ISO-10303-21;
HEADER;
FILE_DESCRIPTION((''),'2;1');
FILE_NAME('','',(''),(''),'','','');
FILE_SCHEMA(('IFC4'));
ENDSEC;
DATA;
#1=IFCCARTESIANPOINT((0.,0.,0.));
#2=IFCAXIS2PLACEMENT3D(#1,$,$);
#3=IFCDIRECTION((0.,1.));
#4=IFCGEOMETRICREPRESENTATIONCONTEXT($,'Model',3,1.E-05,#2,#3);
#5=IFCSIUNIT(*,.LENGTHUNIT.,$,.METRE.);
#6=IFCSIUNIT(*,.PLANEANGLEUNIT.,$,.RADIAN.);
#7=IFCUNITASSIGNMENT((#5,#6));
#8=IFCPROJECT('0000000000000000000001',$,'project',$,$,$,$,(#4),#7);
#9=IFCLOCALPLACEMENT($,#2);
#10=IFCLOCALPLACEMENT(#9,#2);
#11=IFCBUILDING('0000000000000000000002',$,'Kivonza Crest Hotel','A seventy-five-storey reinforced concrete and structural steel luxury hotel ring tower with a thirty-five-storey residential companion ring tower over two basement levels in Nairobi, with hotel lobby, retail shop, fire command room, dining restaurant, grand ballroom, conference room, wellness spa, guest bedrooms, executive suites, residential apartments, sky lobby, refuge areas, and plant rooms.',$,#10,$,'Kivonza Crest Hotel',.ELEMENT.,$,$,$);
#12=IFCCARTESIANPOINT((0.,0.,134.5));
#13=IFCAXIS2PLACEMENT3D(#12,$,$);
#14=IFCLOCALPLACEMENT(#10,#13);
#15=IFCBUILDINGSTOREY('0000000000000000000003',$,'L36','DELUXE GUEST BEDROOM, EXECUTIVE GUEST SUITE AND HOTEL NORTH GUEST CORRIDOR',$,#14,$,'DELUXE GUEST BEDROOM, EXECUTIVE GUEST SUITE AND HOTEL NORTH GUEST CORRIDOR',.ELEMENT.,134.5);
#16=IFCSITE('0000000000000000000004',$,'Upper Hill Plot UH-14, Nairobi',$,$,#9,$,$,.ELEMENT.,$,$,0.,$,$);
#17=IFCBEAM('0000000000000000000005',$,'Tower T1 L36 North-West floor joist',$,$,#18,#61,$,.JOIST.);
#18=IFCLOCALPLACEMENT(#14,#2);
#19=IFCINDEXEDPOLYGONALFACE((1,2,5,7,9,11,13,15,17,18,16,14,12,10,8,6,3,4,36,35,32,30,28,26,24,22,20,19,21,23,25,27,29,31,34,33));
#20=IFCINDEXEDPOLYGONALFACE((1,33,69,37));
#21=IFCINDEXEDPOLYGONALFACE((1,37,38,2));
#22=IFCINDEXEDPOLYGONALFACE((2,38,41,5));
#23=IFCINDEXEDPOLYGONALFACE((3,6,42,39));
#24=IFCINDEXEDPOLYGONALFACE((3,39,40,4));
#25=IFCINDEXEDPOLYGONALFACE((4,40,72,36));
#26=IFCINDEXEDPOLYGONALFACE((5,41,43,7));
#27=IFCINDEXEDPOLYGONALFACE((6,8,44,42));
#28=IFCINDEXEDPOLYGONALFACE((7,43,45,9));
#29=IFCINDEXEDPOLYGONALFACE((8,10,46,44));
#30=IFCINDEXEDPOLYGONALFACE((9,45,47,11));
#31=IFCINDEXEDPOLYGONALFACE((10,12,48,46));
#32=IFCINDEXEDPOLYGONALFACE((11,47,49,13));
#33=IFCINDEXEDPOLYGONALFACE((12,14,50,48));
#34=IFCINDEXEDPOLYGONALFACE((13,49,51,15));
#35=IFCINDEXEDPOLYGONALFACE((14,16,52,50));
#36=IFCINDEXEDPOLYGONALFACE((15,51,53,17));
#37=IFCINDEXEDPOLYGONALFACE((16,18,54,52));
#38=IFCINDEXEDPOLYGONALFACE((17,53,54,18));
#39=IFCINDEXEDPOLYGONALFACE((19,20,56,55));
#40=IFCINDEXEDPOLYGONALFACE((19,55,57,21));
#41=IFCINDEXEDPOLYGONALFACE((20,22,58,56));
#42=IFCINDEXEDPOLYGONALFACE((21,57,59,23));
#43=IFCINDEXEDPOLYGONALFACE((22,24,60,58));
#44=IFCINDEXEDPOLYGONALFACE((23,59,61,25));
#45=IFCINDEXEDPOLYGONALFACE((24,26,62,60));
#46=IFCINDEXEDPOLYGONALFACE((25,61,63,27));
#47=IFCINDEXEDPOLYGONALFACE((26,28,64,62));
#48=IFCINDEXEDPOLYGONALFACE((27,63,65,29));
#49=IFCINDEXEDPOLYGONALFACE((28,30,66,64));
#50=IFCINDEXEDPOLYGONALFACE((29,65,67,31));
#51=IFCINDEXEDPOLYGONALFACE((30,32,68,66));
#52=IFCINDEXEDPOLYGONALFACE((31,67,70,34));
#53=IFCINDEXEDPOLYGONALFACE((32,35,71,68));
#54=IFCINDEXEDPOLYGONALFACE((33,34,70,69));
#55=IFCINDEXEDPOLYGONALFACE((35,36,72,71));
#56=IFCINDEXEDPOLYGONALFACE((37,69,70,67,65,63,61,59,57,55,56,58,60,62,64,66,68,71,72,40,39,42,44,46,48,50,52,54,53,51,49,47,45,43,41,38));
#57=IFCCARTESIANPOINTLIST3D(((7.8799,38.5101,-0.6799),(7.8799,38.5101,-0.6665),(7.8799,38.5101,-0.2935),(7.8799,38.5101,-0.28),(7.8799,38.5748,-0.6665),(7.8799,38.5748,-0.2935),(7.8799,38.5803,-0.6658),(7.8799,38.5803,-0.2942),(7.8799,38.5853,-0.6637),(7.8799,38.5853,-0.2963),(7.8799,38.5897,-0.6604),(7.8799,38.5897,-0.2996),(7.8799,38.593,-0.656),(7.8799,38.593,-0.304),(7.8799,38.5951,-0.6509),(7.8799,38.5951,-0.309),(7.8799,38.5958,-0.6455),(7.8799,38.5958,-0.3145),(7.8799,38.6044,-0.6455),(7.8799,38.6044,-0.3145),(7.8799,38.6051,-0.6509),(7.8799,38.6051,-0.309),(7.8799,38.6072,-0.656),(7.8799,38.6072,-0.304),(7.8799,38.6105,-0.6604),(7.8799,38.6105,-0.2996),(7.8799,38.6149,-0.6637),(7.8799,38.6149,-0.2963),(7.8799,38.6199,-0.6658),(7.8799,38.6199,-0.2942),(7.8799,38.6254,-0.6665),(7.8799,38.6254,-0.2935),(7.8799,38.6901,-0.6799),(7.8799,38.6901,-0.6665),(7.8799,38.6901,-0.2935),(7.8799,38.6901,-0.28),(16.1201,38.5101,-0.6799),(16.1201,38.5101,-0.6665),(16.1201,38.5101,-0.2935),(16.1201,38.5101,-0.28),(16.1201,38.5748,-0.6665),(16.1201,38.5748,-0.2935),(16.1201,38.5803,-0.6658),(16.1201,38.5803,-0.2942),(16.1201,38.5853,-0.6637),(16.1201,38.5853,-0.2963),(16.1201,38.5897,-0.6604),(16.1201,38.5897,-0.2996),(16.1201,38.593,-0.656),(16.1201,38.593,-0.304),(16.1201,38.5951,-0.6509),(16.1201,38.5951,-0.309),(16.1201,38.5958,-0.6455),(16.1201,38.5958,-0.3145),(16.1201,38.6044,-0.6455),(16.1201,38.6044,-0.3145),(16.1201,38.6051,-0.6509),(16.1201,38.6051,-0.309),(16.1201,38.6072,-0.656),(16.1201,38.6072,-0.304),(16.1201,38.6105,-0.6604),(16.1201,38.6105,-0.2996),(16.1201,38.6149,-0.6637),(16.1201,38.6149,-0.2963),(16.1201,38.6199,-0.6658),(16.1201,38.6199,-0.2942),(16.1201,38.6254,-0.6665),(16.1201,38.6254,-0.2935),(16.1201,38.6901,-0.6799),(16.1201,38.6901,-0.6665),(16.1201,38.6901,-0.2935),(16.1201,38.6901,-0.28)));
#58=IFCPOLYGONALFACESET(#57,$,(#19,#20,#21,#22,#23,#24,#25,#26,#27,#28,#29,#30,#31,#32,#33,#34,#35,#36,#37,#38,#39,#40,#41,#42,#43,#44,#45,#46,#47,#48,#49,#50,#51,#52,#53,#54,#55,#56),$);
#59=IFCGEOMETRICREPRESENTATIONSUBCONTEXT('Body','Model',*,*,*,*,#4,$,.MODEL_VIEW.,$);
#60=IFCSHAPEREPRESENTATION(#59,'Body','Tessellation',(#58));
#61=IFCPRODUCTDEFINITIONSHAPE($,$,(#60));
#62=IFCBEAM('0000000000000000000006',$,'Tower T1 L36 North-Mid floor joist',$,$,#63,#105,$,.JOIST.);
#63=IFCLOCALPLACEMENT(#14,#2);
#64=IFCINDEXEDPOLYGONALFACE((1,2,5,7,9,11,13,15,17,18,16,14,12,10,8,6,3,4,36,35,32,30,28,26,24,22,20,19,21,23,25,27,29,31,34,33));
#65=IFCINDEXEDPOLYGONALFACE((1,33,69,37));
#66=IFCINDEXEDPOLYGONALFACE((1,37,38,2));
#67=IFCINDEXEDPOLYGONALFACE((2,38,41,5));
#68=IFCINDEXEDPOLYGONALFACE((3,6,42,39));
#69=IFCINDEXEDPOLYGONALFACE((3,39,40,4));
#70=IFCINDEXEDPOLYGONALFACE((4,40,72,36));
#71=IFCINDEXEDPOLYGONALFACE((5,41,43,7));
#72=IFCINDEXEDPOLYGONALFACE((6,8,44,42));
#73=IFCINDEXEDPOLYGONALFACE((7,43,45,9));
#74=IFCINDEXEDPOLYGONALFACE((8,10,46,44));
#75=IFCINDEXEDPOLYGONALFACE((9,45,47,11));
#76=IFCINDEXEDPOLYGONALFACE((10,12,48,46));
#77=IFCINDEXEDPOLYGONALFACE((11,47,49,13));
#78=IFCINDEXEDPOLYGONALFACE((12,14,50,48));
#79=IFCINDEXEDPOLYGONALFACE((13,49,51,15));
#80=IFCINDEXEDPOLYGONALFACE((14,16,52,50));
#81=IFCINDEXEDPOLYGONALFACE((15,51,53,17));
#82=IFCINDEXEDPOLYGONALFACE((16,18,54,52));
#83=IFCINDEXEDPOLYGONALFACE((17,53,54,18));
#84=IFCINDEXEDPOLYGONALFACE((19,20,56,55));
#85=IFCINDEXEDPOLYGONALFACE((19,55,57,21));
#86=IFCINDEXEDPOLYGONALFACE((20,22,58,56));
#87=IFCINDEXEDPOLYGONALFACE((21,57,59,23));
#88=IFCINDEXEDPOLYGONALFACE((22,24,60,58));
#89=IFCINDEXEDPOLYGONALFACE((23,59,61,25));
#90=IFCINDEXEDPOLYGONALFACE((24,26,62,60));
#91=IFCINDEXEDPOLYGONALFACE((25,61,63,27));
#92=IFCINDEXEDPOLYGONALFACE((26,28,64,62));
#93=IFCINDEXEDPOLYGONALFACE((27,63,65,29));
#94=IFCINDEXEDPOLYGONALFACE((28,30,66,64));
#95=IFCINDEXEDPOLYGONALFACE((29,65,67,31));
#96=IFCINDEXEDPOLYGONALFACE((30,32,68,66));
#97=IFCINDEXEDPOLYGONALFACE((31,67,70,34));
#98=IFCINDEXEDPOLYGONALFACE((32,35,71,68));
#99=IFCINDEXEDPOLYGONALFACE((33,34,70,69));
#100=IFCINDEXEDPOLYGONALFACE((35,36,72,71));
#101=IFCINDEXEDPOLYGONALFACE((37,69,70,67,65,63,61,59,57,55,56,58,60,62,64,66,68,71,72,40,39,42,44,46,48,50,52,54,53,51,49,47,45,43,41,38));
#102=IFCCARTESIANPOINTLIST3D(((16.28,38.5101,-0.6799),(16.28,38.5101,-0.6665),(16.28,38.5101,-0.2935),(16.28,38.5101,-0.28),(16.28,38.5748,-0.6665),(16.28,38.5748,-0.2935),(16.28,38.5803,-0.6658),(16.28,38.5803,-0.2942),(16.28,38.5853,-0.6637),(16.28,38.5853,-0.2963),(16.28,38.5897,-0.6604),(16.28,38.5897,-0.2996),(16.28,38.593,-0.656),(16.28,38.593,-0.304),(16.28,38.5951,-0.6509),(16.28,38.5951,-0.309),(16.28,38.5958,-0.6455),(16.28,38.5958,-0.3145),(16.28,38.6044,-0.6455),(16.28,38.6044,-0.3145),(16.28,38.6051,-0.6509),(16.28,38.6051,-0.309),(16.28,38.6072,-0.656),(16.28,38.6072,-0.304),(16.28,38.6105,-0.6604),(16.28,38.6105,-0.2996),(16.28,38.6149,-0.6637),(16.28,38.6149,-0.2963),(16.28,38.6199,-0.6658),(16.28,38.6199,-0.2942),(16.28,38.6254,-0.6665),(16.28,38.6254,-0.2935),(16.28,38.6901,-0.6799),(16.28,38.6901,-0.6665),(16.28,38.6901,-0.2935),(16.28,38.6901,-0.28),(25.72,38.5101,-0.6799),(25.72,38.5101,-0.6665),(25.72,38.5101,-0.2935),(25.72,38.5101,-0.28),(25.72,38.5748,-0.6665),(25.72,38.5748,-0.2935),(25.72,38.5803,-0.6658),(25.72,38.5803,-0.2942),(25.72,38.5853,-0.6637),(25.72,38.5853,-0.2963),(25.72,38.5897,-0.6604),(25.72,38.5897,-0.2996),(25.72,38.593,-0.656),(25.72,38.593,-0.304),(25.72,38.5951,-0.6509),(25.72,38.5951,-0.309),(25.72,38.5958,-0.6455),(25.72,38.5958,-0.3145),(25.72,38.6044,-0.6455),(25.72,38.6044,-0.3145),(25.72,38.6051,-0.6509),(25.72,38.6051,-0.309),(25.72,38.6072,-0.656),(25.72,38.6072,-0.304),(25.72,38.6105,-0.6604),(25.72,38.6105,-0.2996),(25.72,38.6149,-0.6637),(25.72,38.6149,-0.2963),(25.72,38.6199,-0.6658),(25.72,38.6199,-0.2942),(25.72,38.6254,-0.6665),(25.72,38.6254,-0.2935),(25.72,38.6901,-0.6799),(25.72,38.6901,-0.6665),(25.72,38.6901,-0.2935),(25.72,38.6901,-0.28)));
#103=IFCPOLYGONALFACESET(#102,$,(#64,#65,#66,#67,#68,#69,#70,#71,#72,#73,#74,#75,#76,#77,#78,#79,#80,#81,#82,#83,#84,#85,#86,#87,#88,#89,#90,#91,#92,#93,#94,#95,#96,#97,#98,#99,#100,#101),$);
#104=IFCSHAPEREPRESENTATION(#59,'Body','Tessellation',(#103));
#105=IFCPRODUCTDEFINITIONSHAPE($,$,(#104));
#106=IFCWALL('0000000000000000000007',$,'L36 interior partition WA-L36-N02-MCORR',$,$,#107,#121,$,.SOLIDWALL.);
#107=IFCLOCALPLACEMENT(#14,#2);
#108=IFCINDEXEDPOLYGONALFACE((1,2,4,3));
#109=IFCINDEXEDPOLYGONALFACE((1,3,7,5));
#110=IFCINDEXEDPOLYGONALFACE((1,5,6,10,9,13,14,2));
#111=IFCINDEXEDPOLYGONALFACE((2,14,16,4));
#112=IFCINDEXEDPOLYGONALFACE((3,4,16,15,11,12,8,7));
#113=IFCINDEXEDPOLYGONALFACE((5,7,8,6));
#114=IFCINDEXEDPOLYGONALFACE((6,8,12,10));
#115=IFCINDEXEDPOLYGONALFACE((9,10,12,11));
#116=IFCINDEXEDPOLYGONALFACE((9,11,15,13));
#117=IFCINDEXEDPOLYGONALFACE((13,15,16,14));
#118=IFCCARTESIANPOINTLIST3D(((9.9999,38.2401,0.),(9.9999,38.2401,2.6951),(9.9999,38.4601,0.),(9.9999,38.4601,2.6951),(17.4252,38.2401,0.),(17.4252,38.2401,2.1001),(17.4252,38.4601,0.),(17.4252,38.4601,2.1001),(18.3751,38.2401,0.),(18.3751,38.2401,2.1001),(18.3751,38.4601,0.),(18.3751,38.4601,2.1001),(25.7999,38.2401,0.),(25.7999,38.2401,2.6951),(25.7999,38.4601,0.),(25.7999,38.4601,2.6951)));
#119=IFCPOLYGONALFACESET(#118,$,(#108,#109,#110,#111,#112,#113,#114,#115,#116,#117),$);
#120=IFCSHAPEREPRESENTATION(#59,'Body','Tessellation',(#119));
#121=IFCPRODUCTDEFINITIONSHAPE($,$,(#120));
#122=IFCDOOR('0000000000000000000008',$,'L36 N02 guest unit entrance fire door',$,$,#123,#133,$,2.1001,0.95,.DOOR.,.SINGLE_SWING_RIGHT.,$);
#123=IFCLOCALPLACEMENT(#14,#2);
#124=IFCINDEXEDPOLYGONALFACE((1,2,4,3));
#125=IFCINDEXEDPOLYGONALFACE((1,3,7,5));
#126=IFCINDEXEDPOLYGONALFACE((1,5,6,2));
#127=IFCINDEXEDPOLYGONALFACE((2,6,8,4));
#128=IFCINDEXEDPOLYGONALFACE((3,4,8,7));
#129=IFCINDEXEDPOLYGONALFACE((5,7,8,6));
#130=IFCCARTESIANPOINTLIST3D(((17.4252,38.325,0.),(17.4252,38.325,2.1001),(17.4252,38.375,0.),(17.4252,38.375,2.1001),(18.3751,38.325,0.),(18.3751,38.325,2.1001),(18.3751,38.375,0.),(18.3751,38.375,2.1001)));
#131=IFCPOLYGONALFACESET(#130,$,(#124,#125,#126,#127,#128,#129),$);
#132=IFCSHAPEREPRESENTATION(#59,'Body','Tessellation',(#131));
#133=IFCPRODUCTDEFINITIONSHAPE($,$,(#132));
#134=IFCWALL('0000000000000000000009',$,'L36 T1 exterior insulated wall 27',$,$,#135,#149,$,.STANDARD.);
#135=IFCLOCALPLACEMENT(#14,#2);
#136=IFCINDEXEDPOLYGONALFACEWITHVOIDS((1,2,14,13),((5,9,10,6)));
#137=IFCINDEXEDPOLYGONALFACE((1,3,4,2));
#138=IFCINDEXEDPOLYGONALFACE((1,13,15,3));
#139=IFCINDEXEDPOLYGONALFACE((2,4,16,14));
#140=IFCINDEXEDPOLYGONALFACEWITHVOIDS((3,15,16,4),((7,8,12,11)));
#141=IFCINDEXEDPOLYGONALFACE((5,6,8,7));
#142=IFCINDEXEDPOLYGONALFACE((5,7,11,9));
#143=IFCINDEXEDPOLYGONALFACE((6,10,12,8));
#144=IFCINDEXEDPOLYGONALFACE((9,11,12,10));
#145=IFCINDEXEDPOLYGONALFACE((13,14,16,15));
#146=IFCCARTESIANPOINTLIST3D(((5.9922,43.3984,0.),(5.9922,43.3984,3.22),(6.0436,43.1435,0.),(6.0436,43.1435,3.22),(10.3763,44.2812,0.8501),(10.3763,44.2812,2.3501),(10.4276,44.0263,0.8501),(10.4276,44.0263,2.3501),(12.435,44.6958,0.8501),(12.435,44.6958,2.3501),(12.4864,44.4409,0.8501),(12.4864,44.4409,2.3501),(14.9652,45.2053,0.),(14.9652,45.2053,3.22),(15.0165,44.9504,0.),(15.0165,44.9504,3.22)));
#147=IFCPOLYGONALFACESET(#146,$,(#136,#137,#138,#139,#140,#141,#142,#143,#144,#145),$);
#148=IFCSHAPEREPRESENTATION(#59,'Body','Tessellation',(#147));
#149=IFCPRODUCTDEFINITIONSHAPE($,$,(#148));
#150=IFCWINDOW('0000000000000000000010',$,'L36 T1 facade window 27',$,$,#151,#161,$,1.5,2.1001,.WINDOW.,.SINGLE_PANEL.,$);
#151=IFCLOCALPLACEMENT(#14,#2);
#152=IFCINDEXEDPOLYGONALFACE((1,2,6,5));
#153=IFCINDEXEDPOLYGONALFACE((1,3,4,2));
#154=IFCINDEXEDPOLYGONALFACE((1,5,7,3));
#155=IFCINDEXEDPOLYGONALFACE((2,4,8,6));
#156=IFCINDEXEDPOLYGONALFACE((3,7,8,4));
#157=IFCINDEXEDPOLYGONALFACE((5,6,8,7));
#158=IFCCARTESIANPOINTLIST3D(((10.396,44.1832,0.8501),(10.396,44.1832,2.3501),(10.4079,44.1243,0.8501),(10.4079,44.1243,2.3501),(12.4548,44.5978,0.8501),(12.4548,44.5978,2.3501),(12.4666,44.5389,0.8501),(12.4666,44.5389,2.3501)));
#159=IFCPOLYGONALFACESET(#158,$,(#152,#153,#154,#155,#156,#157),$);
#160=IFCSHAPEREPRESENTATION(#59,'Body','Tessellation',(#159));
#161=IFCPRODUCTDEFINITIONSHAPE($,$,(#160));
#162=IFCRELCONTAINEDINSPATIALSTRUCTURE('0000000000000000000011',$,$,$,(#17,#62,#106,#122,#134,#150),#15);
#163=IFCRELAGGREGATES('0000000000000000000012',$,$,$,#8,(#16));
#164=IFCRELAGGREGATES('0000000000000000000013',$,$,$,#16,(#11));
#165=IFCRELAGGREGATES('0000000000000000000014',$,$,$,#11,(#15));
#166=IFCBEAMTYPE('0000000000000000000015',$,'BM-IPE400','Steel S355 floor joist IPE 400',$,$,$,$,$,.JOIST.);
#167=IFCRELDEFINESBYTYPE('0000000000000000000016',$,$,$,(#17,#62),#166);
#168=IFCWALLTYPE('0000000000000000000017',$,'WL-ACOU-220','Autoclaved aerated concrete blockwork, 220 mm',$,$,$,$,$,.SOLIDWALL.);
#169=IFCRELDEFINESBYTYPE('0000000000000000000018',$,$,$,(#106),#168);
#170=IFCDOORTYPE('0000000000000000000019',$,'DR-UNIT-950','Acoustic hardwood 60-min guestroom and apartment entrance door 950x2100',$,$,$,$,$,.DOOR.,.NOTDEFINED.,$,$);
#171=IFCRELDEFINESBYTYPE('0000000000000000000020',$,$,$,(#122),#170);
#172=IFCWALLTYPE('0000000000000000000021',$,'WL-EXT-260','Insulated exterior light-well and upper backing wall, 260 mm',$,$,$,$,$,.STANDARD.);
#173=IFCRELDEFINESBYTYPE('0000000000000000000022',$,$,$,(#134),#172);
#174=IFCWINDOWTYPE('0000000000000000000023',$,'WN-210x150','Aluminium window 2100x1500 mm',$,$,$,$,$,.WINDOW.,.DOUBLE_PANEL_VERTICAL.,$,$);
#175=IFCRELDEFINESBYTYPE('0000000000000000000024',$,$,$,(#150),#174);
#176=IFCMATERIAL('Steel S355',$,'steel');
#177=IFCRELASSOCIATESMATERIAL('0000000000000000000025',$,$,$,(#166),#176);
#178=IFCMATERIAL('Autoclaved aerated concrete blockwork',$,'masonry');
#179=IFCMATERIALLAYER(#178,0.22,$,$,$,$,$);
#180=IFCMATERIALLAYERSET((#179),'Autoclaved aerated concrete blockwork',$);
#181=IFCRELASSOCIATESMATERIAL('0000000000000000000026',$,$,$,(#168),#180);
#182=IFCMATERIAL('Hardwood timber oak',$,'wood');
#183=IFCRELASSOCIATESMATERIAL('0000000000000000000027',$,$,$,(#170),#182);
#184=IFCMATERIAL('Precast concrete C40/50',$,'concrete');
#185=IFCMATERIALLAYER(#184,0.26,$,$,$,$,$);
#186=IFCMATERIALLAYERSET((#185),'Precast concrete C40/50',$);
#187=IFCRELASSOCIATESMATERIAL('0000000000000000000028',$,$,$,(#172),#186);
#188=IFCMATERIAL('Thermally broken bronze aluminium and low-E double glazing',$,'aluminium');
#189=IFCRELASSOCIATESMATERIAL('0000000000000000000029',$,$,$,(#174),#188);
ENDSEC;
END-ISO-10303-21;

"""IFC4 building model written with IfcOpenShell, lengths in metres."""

from ifc_helpers import new_model, si_unit, direction, frame, frame_2d, origin, origin_2d, place, context, subcontext, project, spatial, rectangle, i_section, extrude, material, layer, layer_set, material_profile, profile_set, type_object, element, fill, save


model = new_model("IFC4")

# Units and contexts
model_context = context("Model", 3, precision=1e-05, world=origin(), true_north=direction((0.0, 1.0)))
body_context = subcontext(model_context, "Body", "Model", "MODEL_VIEW")
ifc_project = project(units=[si_unit("LENGTHUNIT", "METRE"), si_unit("PLANEANGLEUNIT", "RADIAN")], contexts=[model_context])

# Site, building, storey
site_placement = place(None, origin())
site = spatial("IfcSite", under=ifc_project, at=site_placement, Name="Upper Hill Plot UH-14, Nairobi", CompositionType="ELEMENT", RefElevation=0.0)
building_placement = place(site_placement, origin())
building = spatial("IfcBuilding", under=site, at=building_placement, Name="Kivonza Crest Hotel", Description="A seventy-five-storey reinforced concrete and structural steel luxury hotel ring tower with a thirty-five-storey residential companion ring tower over two basement levels in Nairobi, with hotel lobby, retail shop, fire command room, dining restaurant, grand ballroom, conference room, wellness spa, guest bedrooms, executive suites, residential apartments, sky lobby, refuge areas, and plant rooms.", LongName="Kivonza Crest Hotel", CompositionType="ELEMENT")
storey_placement = place(building_placement, frame((0.0, 0.0, 134.5)))
storey = spatial("IfcBuildingStorey", under=building, at=storey_placement, Name="L36", Description="DELUXE GUEST BEDROOM, EXECUTIVE GUEST SUITE AND HOTEL NORTH GUEST CORRIDOR", LongName="DELUXE GUEST BEDROOM, EXECUTIVE GUEST SUITE AND HOTEL NORTH GUEST CORRIDOR", CompositionType="ELEMENT", Elevation=134.5)

# Beams
ifc_material_1 = material(Name="Steel S355", Category="steel")
ifc_material_profile_1 = material_profile(ifc_material_1, i_section(OverallWidth=0.1799, OverallDepth=0.3999, WebThickness=0.0085, FlangeThickness=0.0134, FilletRadius=0.021, at=origin_2d()), Name="IPE 400")
ifc_profile_set_1 = profile_set([ifc_material_profile_1], Name="Steel S355")
beam_type_1 = type_object("IfcBeamType", Name="BM-IPE400", Description="Steel S355 floor joist IPE 400", PredefinedType="JOIST", material=ifc_profile_set_1)
beam_1_placement = place(storey_placement, frame((7.8799, 38.6001, -0.48), z_axis=(1.0, 0.0, 0.0), x_axis=(0.0, 1.0, 0.0)))
element("IfcBeam", 1, at=beam_1_placement, inside=storey, type_object=beam_type_1, Name="Tower T1 L36 North-West floor joist", PredefinedType="JOIST", context=body_context, shape_type="SweptSolid", body=[
    extrude(i_section(OverallWidth=0.1799, OverallDepth=0.3999, WebThickness=0.0085, FlangeThickness=0.0134, FilletRadius=0.021, at=origin_2d()), origin(), (0.0, 0.0, 1.0), 8.2402),
])
beam_2_placement = place(storey_placement, frame((16.28, 38.6001, -0.48), z_axis=(1.0, 0.0, 0.0), x_axis=(0.0, 1.0, 0.0)))
element("IfcBeam", 2, at=beam_2_placement, inside=storey, type_object=beam_type_1, Name="Tower T1 L36 North-Mid floor joist", PredefinedType="JOIST", context=body_context, shape_type="SweptSolid", body=[
    extrude(i_section(OverallWidth=0.1799, OverallDepth=0.3999, WebThickness=0.0085, FlangeThickness=0.0134, FilletRadius=0.021, at=origin_2d()), origin(), (0.0, 0.0, 1.0), 9.4399),
])

# Wall, opening, door
ifc_material_2 = material(Name="Autoclaved aerated concrete blockwork", Category="masonry")
ifc_layer_1 = layer(ifc_material_2, 0.22)
ifc_layer_set_1 = layer_set([ifc_layer_1], Name="Autoclaved aerated concrete blockwork")
wall_type_1 = type_object("IfcWallType", Name="WL-ACOU-220", Description="Autoclaved aerated concrete blockwork, 220 mm", PredefinedType="SOLIDWALL", material=ifc_layer_set_1)
wall_1_placement = place(storey_placement, frame((10.0, 38.3501, 0.0), z_axis=(0.0, 0.0, 1.0), x_axis=(1.0, 0.0, 0.0)))
wall_1 = element("IfcWall", 3, at=wall_1_placement, inside=storey, type_object=wall_type_1, Name="L36 interior partition WA-L36-N02-MCORR", PredefinedType="SOLIDWALL", context=body_context, shape_type="SweptSolid", body=[
    extrude(rectangle(XDim=15.8, YDim=0.22, at=frame_2d((7.8999, 0.0))), origin(), (0.0, 0.0, 1.0), 2.6951),
])
opening_1_placement = place(wall_1_placement, frame((7.425, 0.0, 0.0)))
opening_1 = element("IfcOpeningElement", 4, at=opening_1_placement, cuts=wall_1, PredefinedType="OPENING", context=body_context, shape_type="SweptSolid", body=[
    extrude(rectangle(XDim=0.95, YDim=2.1001, at=frame_2d((0.4751, 1.05))), frame((0.0, 0.1201, 0.0), z_axis=(0.0, -1.0, 0.0), x_axis=(1.0, 0.0, 0.0)), (0.0, 0.0, 1.0), 0.24),
])
ifc_material_3 = material(Name="Hardwood timber oak", Category="wood")
door_type_1 = type_object("IfcDoorType", Name="DR-UNIT-950", Description="Acoustic hardwood 60-min guestroom and apartment entrance door 950x2100", OperationType="NOTDEFINED", PredefinedType="DOOR", material=ifc_material_3)
door_1_placement = place(opening_1_placement, origin())
door_1 = element("IfcDoor", 5, at=door_1_placement, inside=storey, type_object=door_type_1, Name="L36 N02 guest unit entrance fire door", OperationType="SINGLE_SWING_RIGHT", OverallHeight=2.1001, OverallWidth=0.95, PredefinedType="DOOR", context=body_context, shape_type="SweptSolid", body=[
    extrude(rectangle(XDim=0.95, YDim=2.1001, at=frame_2d((0.4751, 1.05))), frame((0.0, 0.0249, 0.0), z_axis=(0.0, -1.0, 0.0), x_axis=(1.0, 0.0, 0.0)), (0.0, 0.0, 1.0), 0.05),
])
fill(opening_1, door_1)

# Wall, opening, window
ifc_material_4 = material(Name="Precast concrete C40/50", Category="concrete")
ifc_layer_2 = layer(ifc_material_4, 0.26)
ifc_layer_set_2 = layer_set([ifc_layer_2], Name="Precast concrete C40/50")
wall_type_2 = type_object("IfcWallType", Name="WL-EXT-260", Description="Insulated exterior light-well and upper backing wall, 260 mm", PredefinedType="STANDARD", material=ifc_layer_set_2)
wall_2_placement = place(storey_placement, frame((14.991, 45.0779, 0.0), z_axis=(0.0, 0.0, 1.0), x_axis=(-0.980321, -0.197409, 0.0)))
wall_2 = element("IfcWall", 6, at=wall_2_placement, inside=storey, type_object=wall_type_2, Name="L36 T1 exterior insulated wall 27", PredefinedType="STANDARD", context=body_context, shape_type="SweptSolid", body=[
    extrude(rectangle(XDim=9.1531, YDim=0.26, at=frame_2d((4.5767, 0.0))), origin(), (0.0, 0.0, 1.0), 3.22),
])
opening_2_placement = place(wall_2_placement, frame((2.5811, 0.0, 0.8501)))
opening_2 = element("IfcOpeningElement", 7, at=opening_2_placement, cuts=wall_2, PredefinedType="OPENING", context=body_context, shape_type="SweptSolid", body=[
    extrude(rectangle(XDim=2.1001, YDim=1.5, at=frame_2d((1.05, 0.75))), frame((0.0, 0.1401, 0.0), z_axis=(0.0, -1.0, 0.0), x_axis=(1.0, 0.0, 0.0)), (0.0, 0.0, 1.0), 0.28),
])
ifc_material_5 = material(Name="Thermally broken bronze aluminium and low-E double glazing", Category="aluminium")
window_type = type_object("IfcWindowType", Name="WN-210x150", Description="Aluminium window 2100x1500 mm", PartitioningType="DOUBLE_PANEL_VERTICAL", PredefinedType="WINDOW", material=ifc_material_5)
window_placement = place(opening_2_placement, origin())
window = element("IfcWindow", 8, at=window_placement, inside=storey, type_object=window_type, Name="L36 T1 facade window 27", OverallHeight=1.5, OverallWidth=2.1001, PartitioningType="SINGLE_PANEL", PredefinedType="WINDOW", context=body_context, shape_type="SweptSolid", body=[
    extrude(rectangle(XDim=2.1001, YDim=1.5, at=frame_2d((1.05, 0.75))), frame((0.0, 0.03, 0.0), z_axis=(0.0, -1.0, 0.0), x_axis=(1.0, 0.0, 0.0)), (0.0, 0.0, 1.0), 0.0601),
])
fill(opening_2, window)

save(model, "model.ifc")
